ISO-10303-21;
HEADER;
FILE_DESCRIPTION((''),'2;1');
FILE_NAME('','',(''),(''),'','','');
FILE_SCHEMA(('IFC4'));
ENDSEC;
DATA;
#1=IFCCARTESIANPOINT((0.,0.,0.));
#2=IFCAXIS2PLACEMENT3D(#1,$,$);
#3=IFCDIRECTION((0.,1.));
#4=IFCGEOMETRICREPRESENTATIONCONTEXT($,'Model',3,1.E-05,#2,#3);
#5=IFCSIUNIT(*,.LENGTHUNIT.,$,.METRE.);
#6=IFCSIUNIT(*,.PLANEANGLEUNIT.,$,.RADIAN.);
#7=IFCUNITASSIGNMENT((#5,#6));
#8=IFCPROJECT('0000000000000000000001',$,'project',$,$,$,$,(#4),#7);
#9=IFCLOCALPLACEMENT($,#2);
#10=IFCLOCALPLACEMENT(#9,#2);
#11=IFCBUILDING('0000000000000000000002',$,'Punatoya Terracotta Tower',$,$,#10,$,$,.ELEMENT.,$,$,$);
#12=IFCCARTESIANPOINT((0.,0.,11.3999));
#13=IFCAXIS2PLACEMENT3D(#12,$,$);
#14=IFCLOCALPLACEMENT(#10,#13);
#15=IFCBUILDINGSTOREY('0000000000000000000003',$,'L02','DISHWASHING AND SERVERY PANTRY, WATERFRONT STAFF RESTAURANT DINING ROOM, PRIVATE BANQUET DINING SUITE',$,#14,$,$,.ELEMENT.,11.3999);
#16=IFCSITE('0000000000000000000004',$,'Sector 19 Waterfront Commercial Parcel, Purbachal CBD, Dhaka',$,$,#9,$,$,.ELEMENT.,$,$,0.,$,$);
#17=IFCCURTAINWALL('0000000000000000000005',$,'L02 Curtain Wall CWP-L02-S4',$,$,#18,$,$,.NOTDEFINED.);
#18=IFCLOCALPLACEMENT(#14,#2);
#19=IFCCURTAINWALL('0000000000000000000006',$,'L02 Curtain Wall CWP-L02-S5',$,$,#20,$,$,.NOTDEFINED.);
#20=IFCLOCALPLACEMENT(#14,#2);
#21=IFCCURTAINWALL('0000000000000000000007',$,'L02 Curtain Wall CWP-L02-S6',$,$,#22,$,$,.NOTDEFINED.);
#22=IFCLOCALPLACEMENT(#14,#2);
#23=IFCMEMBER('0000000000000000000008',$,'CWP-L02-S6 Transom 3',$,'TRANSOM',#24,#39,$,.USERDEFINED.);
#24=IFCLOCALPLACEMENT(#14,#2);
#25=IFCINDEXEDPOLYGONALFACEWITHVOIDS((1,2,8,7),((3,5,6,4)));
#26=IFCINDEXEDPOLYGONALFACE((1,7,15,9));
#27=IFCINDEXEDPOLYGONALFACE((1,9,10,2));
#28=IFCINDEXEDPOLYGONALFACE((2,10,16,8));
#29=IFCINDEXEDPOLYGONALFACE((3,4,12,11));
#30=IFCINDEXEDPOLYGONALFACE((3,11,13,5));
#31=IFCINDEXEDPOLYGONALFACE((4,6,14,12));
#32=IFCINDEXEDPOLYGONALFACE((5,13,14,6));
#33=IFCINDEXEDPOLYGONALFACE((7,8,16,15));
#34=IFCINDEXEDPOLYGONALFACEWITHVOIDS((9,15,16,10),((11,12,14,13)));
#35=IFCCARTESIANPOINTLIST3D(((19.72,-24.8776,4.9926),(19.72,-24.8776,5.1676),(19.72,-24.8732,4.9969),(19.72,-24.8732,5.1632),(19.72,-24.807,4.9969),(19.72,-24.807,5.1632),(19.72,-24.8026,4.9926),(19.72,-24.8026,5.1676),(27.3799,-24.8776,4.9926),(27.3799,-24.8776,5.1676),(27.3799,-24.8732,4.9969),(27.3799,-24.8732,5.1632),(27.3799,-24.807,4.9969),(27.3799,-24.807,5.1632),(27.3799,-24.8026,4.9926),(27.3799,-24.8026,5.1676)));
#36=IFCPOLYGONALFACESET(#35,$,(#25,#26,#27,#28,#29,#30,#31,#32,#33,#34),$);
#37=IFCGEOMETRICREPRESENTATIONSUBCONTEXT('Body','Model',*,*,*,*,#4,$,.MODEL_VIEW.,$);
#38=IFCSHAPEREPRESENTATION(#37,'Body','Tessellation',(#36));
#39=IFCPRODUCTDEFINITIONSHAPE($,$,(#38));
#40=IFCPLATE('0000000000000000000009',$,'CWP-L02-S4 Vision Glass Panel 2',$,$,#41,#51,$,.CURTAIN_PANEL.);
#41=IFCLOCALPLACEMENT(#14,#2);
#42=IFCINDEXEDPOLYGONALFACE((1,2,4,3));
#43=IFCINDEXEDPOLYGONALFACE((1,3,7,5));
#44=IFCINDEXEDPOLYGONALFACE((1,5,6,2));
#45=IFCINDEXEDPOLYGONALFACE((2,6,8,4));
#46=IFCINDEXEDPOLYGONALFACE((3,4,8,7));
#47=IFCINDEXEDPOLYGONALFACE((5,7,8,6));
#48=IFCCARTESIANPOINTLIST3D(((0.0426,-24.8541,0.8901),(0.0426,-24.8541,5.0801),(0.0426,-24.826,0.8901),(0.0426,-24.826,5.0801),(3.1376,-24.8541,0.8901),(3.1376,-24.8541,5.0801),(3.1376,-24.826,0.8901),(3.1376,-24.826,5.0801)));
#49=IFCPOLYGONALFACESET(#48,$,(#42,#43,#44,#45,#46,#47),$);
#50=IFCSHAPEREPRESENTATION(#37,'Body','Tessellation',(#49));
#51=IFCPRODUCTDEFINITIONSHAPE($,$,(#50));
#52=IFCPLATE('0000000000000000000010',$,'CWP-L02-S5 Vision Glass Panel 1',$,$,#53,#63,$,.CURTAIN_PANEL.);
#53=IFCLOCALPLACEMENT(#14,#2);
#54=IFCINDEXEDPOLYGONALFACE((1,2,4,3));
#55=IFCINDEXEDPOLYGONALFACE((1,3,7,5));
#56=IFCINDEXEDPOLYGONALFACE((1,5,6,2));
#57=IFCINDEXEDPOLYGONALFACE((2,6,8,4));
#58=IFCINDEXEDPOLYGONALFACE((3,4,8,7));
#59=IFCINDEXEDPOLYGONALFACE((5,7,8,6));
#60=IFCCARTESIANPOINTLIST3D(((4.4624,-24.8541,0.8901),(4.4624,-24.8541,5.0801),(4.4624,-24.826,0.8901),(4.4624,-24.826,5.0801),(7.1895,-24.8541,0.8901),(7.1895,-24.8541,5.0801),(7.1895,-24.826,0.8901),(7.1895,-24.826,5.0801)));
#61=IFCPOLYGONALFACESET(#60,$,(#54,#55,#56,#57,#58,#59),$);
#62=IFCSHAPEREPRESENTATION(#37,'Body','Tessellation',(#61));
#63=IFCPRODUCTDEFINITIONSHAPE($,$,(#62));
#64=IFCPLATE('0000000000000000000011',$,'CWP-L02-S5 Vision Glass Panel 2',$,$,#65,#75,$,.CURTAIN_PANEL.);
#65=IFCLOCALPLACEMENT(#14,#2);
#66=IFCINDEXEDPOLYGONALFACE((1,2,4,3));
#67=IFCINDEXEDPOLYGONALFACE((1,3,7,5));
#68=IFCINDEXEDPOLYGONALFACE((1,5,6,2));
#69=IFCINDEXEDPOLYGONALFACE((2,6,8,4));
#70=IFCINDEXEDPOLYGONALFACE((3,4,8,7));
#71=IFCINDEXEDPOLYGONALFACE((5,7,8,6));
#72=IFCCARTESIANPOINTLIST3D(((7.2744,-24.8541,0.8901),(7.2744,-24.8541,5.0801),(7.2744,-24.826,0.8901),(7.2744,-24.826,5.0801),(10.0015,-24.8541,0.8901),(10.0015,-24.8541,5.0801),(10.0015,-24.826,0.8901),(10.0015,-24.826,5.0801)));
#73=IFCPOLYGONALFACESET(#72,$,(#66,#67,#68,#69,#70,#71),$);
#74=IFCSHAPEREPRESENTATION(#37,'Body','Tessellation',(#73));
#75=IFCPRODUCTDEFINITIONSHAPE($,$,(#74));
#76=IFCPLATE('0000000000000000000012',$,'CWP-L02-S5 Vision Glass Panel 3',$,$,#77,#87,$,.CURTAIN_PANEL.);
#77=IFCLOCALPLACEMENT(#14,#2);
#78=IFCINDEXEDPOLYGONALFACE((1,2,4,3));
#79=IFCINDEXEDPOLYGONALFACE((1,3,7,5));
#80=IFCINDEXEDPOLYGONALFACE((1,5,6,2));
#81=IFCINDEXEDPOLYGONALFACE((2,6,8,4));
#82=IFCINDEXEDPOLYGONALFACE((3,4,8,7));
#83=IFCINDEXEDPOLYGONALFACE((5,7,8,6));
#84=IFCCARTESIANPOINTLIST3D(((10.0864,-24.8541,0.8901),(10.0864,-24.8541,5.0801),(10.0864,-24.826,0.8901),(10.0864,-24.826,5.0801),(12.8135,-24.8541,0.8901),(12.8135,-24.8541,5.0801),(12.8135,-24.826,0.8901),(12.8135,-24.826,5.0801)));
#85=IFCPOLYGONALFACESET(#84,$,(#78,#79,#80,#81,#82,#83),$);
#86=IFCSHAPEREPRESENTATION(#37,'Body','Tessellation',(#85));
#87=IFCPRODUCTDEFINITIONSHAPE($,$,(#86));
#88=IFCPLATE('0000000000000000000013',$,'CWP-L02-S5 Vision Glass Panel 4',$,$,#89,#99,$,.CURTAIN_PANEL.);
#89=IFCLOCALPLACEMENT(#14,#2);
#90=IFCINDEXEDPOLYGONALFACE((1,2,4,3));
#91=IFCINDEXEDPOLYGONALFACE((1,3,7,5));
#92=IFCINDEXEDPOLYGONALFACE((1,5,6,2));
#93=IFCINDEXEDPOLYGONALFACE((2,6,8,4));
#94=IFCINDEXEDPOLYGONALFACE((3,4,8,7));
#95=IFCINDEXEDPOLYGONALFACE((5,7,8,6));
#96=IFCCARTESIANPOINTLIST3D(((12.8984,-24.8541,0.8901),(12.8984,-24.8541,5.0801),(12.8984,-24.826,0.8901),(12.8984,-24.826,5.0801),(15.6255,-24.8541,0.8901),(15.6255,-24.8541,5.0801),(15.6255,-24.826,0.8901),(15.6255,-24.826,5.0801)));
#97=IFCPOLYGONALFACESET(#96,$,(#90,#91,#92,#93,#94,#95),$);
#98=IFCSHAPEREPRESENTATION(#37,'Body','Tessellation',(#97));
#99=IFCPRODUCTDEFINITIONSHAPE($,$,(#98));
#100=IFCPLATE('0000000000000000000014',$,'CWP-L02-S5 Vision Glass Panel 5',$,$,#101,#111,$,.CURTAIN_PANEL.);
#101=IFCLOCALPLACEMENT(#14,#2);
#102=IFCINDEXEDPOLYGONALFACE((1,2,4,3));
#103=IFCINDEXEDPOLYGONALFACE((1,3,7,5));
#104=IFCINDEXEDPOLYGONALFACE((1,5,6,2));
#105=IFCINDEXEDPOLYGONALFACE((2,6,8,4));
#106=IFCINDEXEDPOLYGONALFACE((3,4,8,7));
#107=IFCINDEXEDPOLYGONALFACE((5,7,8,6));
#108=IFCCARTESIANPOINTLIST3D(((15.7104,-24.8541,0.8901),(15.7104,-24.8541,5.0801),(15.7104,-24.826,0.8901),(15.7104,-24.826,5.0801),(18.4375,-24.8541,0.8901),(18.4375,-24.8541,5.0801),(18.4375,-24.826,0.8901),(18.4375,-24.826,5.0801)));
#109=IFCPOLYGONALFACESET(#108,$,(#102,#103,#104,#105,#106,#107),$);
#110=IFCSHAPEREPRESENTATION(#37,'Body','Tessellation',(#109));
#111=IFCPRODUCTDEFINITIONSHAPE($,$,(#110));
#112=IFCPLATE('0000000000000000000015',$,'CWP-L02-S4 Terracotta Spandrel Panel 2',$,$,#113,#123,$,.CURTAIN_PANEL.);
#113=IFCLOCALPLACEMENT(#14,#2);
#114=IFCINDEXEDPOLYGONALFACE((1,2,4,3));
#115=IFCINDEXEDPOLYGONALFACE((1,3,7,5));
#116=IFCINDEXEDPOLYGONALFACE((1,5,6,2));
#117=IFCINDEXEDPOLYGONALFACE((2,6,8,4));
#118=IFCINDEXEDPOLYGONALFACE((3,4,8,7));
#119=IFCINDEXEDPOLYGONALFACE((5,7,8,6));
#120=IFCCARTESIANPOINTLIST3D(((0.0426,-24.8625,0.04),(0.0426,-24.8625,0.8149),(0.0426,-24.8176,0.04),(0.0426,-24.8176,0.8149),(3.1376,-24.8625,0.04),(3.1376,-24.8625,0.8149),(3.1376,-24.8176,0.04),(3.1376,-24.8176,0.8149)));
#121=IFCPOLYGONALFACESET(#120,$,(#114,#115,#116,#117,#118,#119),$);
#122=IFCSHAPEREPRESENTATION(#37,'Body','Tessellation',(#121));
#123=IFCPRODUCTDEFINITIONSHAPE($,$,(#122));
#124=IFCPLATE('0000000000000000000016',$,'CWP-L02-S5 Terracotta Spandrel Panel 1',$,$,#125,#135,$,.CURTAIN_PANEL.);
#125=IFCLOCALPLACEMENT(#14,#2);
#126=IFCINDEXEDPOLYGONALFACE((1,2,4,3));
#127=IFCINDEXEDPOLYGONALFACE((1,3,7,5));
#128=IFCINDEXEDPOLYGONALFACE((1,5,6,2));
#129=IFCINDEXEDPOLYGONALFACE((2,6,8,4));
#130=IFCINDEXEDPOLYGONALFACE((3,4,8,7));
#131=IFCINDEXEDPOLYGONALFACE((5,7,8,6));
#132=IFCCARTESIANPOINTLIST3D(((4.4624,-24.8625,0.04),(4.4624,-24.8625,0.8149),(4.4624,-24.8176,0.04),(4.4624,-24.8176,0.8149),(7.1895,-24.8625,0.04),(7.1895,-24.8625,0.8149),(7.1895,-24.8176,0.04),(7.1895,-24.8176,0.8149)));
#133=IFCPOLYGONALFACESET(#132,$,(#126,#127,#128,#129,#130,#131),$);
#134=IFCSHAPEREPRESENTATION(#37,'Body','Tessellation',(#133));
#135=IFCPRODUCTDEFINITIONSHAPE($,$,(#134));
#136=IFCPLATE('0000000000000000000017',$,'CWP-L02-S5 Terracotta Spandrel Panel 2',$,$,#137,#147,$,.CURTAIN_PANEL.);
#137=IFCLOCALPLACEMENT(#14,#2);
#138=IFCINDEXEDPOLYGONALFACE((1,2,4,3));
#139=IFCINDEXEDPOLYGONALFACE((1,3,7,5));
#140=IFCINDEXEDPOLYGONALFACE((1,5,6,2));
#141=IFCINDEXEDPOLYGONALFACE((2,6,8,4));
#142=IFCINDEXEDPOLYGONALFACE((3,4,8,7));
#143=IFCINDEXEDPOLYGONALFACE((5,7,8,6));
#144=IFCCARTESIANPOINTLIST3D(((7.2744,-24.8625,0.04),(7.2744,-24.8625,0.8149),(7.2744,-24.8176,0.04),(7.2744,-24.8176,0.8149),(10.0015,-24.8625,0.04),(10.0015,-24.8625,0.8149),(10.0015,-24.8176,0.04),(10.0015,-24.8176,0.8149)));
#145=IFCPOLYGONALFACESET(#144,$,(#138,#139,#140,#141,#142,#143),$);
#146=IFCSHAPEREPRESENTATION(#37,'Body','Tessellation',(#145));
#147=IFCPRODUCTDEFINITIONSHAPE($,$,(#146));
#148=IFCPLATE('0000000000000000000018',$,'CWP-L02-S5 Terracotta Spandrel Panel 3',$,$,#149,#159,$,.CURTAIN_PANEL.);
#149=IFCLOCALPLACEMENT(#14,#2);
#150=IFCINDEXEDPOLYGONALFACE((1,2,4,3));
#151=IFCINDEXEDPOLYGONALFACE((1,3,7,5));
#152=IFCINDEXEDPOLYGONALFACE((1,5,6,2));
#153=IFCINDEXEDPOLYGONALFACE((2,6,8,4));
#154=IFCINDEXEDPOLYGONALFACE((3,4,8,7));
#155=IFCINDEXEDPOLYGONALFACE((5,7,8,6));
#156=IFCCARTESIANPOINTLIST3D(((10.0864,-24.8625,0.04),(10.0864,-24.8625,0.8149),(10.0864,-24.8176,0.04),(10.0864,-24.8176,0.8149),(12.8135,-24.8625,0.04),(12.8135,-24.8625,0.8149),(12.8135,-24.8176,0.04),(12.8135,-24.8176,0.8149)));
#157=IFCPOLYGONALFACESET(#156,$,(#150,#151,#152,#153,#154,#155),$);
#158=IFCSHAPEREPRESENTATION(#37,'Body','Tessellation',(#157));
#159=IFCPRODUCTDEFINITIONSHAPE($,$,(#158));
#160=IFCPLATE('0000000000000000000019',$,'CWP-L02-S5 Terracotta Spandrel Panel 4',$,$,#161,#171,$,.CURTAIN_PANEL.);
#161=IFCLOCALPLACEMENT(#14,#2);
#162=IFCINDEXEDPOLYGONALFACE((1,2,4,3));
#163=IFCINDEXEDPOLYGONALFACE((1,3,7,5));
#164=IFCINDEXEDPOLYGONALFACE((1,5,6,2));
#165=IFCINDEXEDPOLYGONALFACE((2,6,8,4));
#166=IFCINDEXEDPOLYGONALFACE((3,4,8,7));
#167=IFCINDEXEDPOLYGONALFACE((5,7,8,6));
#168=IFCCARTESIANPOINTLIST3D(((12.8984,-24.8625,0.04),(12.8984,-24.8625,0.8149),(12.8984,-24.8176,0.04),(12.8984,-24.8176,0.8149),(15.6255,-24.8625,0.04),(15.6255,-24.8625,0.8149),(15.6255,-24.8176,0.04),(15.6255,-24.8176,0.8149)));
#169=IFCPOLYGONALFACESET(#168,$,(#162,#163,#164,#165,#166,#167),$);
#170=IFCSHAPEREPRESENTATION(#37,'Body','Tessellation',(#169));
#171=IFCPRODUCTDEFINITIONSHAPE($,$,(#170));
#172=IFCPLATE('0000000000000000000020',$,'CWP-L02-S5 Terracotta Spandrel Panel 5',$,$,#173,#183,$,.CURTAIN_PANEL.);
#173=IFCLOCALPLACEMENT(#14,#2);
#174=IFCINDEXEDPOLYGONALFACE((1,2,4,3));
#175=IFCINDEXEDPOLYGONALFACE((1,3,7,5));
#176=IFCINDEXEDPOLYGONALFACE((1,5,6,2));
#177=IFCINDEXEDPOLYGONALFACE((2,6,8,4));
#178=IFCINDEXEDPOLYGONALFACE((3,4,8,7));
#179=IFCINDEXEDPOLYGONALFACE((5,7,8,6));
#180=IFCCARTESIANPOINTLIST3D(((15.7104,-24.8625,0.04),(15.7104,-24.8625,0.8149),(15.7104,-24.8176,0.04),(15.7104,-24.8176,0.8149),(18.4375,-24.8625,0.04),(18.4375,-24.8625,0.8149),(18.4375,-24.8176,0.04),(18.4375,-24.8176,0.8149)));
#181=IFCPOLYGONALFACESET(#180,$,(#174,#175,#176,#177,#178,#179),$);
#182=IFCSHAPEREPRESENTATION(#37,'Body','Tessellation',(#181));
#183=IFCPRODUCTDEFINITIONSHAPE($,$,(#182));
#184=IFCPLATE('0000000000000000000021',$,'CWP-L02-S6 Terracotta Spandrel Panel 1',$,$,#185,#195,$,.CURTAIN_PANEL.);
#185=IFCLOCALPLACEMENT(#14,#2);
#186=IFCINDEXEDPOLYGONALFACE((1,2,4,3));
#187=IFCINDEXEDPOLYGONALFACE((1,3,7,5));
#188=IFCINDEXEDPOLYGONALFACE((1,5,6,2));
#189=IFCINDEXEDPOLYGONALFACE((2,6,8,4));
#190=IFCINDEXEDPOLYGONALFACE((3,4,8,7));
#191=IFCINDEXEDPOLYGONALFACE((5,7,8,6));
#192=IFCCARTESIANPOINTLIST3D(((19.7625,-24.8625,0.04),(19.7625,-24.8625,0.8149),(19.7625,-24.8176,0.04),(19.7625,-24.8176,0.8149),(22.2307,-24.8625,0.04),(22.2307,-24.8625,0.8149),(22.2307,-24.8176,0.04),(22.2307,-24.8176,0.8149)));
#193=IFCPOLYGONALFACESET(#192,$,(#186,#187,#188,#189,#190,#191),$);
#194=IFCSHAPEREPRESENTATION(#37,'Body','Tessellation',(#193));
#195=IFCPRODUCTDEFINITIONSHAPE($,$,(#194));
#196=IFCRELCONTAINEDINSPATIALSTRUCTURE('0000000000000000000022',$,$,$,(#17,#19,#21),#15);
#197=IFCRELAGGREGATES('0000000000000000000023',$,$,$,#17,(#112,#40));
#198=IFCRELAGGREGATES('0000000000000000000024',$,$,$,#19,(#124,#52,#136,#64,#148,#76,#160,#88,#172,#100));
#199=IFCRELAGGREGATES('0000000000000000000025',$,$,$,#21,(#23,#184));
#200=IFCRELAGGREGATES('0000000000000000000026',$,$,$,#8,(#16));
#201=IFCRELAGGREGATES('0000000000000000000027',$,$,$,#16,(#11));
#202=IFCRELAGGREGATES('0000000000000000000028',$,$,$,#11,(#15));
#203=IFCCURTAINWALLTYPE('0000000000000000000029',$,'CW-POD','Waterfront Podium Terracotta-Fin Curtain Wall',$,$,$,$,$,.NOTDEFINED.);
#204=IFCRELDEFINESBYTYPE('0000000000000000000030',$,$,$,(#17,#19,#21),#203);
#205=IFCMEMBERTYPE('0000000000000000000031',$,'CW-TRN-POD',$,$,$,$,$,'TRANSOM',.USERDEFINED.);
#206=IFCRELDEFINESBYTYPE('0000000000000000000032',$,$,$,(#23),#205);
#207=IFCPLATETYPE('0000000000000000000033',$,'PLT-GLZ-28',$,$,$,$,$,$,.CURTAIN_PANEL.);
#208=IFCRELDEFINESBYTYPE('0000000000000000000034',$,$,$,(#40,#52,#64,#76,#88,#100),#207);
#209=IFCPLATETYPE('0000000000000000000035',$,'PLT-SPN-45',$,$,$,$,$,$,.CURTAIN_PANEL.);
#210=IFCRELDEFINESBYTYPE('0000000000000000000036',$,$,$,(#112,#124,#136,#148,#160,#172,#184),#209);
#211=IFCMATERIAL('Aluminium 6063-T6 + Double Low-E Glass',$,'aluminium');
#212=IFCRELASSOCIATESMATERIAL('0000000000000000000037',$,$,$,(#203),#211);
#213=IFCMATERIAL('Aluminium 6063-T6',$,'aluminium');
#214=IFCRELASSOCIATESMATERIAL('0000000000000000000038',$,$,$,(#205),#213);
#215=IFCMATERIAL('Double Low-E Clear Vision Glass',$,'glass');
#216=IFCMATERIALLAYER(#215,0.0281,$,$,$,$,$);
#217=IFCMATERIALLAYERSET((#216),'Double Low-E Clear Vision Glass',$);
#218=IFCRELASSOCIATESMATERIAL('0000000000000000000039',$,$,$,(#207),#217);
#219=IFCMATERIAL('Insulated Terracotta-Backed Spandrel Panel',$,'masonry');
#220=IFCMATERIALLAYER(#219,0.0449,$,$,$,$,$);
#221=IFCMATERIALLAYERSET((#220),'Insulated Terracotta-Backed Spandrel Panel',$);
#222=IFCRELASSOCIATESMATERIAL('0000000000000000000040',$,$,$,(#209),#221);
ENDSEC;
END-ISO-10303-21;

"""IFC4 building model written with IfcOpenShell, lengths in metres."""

from ifc_helpers import new_model, si_unit, direction, frame, origin, origin_2d, place, context, subcontext, project, spatial, rectangle, hollow_rectangle, extrude, material, layer, layer_set, material_profile, profile_set, type_object, element, aggregate, save


model = new_model("IFC4")

# Units and contexts
model_context = context("Model", 3, precision=1e-05, world=origin(), true_north=direction((0.0, 1.0)))
body_context = subcontext(model_context, "Body", "Model", "MODEL_VIEW")
ifc_project = project(units=[si_unit("LENGTHUNIT", "METRE"), si_unit("PLANEANGLEUNIT", "RADIAN")], contexts=[model_context])

# Site, building, storey
site_placement = place(None, origin())
site = spatial("IfcSite", under=ifc_project, at=site_placement, Name="Sector 19 Waterfront Commercial Parcel, Purbachal CBD, Dhaka", CompositionType="ELEMENT", RefElevation=0.0)
building_placement = place(site_placement, origin())
building = spatial("IfcBuilding", under=site, at=building_placement, Name="Punatoya Terracotta Tower", CompositionType="ELEMENT")
storey_placement = place(building_placement, frame((0.0, 0.0, 11.3999)))
storey = spatial("IfcBuildingStorey", under=building, at=storey_placement, Name="L02", Description="DISHWASHING AND SERVERY PANTRY, WATERFRONT STAFF RESTAURANT DINING ROOM, PRIVATE BANQUET DINING SUITE", CompositionType="ELEMENT", Elevation=11.3999)

# Curtain wall
ifc_material_1 = material(Name="Aluminium 6063-T6 + Double Low-E Glass", Category="aluminium")
curtain_wall_type = type_object("IfcCurtainWallType", Name="CW-POD", Description="Waterfront Podium Terracotta-Fin Curtain Wall", PredefinedType="NOTDEFINED", material=ifc_material_1)
curtain_wall_1_placement = place(storey_placement, origin())
curtain_wall_1 = element("IfcCurtainWall", 1, at=curtain_wall_1_placement, inside=storey, type_object=curtain_wall_type, Name="L02 Curtain Wall CWP-L02-S4", PredefinedType="NOTDEFINED")
ifc_material_2 = material(Name="Aluminium 6063-T6", Category="aluminium")

# Curtain wall
curtain_wall_2_placement = place(storey_placement, origin())
curtain_wall_2 = element("IfcCurtainWall", 2, at=curtain_wall_2_placement, inside=storey, type_object=curtain_wall_type, Name="L02 Curtain Wall CWP-L02-S5", PredefinedType="NOTDEFINED")

# Curtain wall
curtain_wall_3_placement = place(storey_placement, origin())
curtain_wall_3 = element("IfcCurtainWall", 3, at=curtain_wall_3_placement, inside=storey, type_object=curtain_wall_type, Name="L02 Curtain Wall CWP-L02-S6", PredefinedType="NOTDEFINED")

# Member
ifc_material_profile_1 = material_profile(ifc_material_2, hollow_rectangle(XDim=0.075, YDim=0.175, WallThickness=0.0044, at=origin_2d()))
ifc_profile_set_1 = profile_set([ifc_material_profile_1], Name="Aluminium 6063-T6")
member_type_1 = type_object("IfcMemberType", Name="CW-TRN-POD", ElementType="TRANSOM", PredefinedType="USERDEFINED", material=ifc_profile_set_1)
member_1_placement = place(storey_placement, frame((19.72, -24.8401, 5.0801), z_axis=(1.0, 0.0, 0.0), x_axis=(0.0, 1.0, 0.0)))
member_1 = element("IfcMember", 4, at=member_1_placement, type_object=member_type_1, Name="CWP-L02-S6 Transom 3", ObjectType="TRANSOM", PredefinedType="USERDEFINED", context=body_context, shape_type="SweptSolid", body=[
    extrude(hollow_rectangle(XDim=0.075, YDim=0.175, WallThickness=0.0044, at=origin_2d()), origin(), (0.0, 0.0, 1.0), 7.6599),
])

# Plates
ifc_material_3 = material(Name="Double Low-E Clear Vision Glass", Category="glass")
ifc_layer_1 = layer(ifc_material_3, 0.0281)
ifc_layer_set_1 = layer_set([ifc_layer_1], Name="Double Low-E Clear Vision Glass")
plate_type_1 = type_object("IfcPlateType", Name="PLT-GLZ-28", PredefinedType="CURTAIN_PANEL", material=ifc_layer_set_1)
plate_1_placement = place(storey_placement, frame((1.5901, -24.8401, 0.8901), z_axis=(0.0, 0.0, 1.0), x_axis=(1.0, 0.0, 0.0)))
plate_1 = element("IfcPlate", 5, at=plate_1_placement, type_object=plate_type_1, Name="CWP-L02-S4 Vision Glass Panel 2", PredefinedType="CURTAIN_PANEL", context=body_context, shape_type="SweptSolid", body=[
    extrude(rectangle(XDim=3.095, YDim=0.0281, at=origin_2d()), origin(), (0.0, 0.0, 1.0), 4.1899),
])
plate_2_placement = place(storey_placement, frame((5.8259, -24.8401, 0.8901), z_axis=(0.0, 0.0, 1.0), x_axis=(1.0, 0.0, 0.0)))
plate_2 = element("IfcPlate", 6, at=plate_2_placement, type_object=plate_type_1, Name="CWP-L02-S5 Vision Glass Panel 1", PredefinedType="CURTAIN_PANEL", context=body_context, shape_type="SweptSolid", body=[
    extrude(rectangle(XDim=2.7271, YDim=0.0281, at=origin_2d()), origin(), (0.0, 0.0, 1.0), 4.1899),
])
plate_3_placement = place(storey_placement, frame((8.6379, -24.8401, 0.8901), z_axis=(0.0, 0.0, 1.0), x_axis=(1.0, 0.0, 0.0)))
plate_3 = element("IfcPlate", 7, at=plate_3_placement, type_object=plate_type_1, Name="CWP-L02-S5 Vision Glass Panel 2", PredefinedType="CURTAIN_PANEL", context=body_context, shape_type="SweptSolid", body=[
    extrude(rectangle(XDim=2.7271, YDim=0.0281, at=origin_2d()), origin(), (0.0, 0.0, 1.0), 4.1899),
])
plate_4_placement = place(storey_placement, frame((11.45, -24.8401, 0.8901), z_axis=(0.0, 0.0, 1.0), x_axis=(1.0, 0.0, 0.0)))
plate_4 = element("IfcPlate", 8, at=plate_4_placement, type_object=plate_type_1, Name="CWP-L02-S5 Vision Glass Panel 3", PredefinedType="CURTAIN_PANEL", context=body_context, shape_type="SweptSolid", body=[
    extrude(rectangle(XDim=2.7271, YDim=0.0281, at=origin_2d()), origin(), (0.0, 0.0, 1.0), 4.1899),
])
plate_5_placement = place(storey_placement, frame((14.262, -24.8401, 0.8901), z_axis=(0.0, 0.0, 1.0), x_axis=(1.0, 0.0, 0.0)))
plate_5 = element("IfcPlate", 9, at=plate_5_placement, type_object=plate_type_1, Name="CWP-L02-S5 Vision Glass Panel 4", PredefinedType="CURTAIN_PANEL", context=body_context, shape_type="SweptSolid", body=[
    extrude(rectangle(XDim=2.7271, YDim=0.0281, at=origin_2d()), origin(), (0.0, 0.0, 1.0), 4.1899),
])
plate_6_placement = place(storey_placement, frame((17.074, -24.8401, 0.8901), z_axis=(0.0, 0.0, 1.0), x_axis=(1.0, 0.0, 0.0)))
plate_6 = element("IfcPlate", 10, at=plate_6_placement, type_object=plate_type_1, Name="CWP-L02-S5 Vision Glass Panel 5", PredefinedType="CURTAIN_PANEL", context=body_context, shape_type="SweptSolid", body=[
    extrude(rectangle(XDim=2.7271, YDim=0.0281, at=origin_2d()), origin(), (0.0, 0.0, 1.0), 4.1899),
])
ifc_material_4 = material(Name="Insulated Terracotta-Backed Spandrel Panel", Category="masonry")
ifc_layer_2 = layer(ifc_material_4, 0.0449)
ifc_layer_set_2 = layer_set([ifc_layer_2], Name="Insulated Terracotta-Backed Spandrel Panel")
plate_type_2 = type_object("IfcPlateType", Name="PLT-SPN-45", PredefinedType="CURTAIN_PANEL", material=ifc_layer_set_2)
plate_7_placement = place(storey_placement, frame((1.5901, -24.8401, 0.04), z_axis=(0.0, 0.0, 1.0), x_axis=(1.0, 0.0, 0.0)))
plate_7 = element("IfcPlate", 11, at=plate_7_placement, type_object=plate_type_2, Name="CWP-L02-S4 Terracotta Spandrel Panel 2", PredefinedType="CURTAIN_PANEL", context=body_context, shape_type="SweptSolid", body=[
    extrude(rectangle(XDim=3.095, YDim=0.0449, at=origin_2d()), origin(), (0.0, 0.0, 1.0), 0.7749),
])
aggregate(curtain_wall_1, [plate_7, plate_1])
plate_8_placement = place(storey_placement, frame((5.8259, -24.8401, 0.04), z_axis=(0.0, 0.0, 1.0), x_axis=(1.0, 0.0, 0.0)))
plate_8 = element("IfcPlate", 12, at=plate_8_placement, type_object=plate_type_2, Name="CWP-L02-S5 Terracotta Spandrel Panel 1", PredefinedType="CURTAIN_PANEL", context=body_context, shape_type="SweptSolid", body=[
    extrude(rectangle(XDim=2.7271, YDim=0.0449, at=origin_2d()), origin(), (0.0, 0.0, 1.0), 0.7749),
])
plate_9_placement = place(storey_placement, frame((8.6379, -24.8401, 0.04), z_axis=(0.0, 0.0, 1.0), x_axis=(1.0, 0.0, 0.0)))
plate_9 = element("IfcPlate", 13, at=plate_9_placement, type_object=plate_type_2, Name="CWP-L02-S5 Terracotta Spandrel Panel 2", PredefinedType="CURTAIN_PANEL", context=body_context, shape_type="SweptSolid", body=[
    extrude(rectangle(XDim=2.7271, YDim=0.0449, at=origin_2d()), origin(), (0.0, 0.0, 1.0), 0.7749),
])
plate_10_placement = place(storey_placement, frame((11.45, -24.8401, 0.04), z_axis=(0.0, 0.0, 1.0), x_axis=(1.0, 0.0, 0.0)))
plate_10 = element("IfcPlate", 14, at=plate_10_placement, type_object=plate_type_2, Name="CWP-L02-S5 Terracotta Spandrel Panel 3", PredefinedType="CURTAIN_PANEL", context=body_context, shape_type="SweptSolid", body=[
    extrude(rectangle(XDim=2.7271, YDim=0.0449, at=origin_2d()), origin(), (0.0, 0.0, 1.0), 0.7749),
])
plate_11_placement = place(storey_placement, frame((14.262, -24.8401, 0.04), z_axis=(0.0, 0.0, 1.0), x_axis=(1.0, 0.0, 0.0)))
plate_11 = element("IfcPlate", 15, at=plate_11_placement, type_object=plate_type_2, Name="CWP-L02-S5 Terracotta Spandrel Panel 4", PredefinedType="CURTAIN_PANEL", context=body_context, shape_type="SweptSolid", body=[
    extrude(rectangle(XDim=2.7271, YDim=0.0449, at=origin_2d()), origin(), (0.0, 0.0, 1.0), 0.7749),
])
plate_12_placement = place(storey_placement, frame((17.074, -24.8401, 0.04), z_axis=(0.0, 0.0, 1.0), x_axis=(1.0, 0.0, 0.0)))
plate_12 = element("IfcPlate", 16, at=plate_12_placement, type_object=plate_type_2, Name="CWP-L02-S5 Terracotta Spandrel Panel 5", PredefinedType="CURTAIN_PANEL", context=body_context, shape_type="SweptSolid", body=[
    extrude(rectangle(XDim=2.7271, YDim=0.0449, at=origin_2d()), origin(), (0.0, 0.0, 1.0), 0.7749),
])
aggregate(curtain_wall_2, [plate_8, plate_2, plate_9, plate_3, plate_10, plate_4, plate_11, plate_5, plate_12, plate_6])
plate_13_placement = place(storey_placement, frame((20.9966, -24.8401, 0.04), z_axis=(0.0, 0.0, 1.0), x_axis=(1.0, 0.0, 0.0)))
plate_13 = element("IfcPlate", 17, at=plate_13_placement, type_object=plate_type_2, Name="CWP-L02-S6 Terracotta Spandrel Panel 1", PredefinedType="CURTAIN_PANEL", context=body_context, shape_type="SweptSolid", body=[
    extrude(rectangle(XDim=2.4683, YDim=0.0449, at=origin_2d()), origin(), (0.0, 0.0, 1.0), 0.7749),
])
aggregate(curtain_wall_3, [member_1, plate_13])

save(model, "model.ifc")
